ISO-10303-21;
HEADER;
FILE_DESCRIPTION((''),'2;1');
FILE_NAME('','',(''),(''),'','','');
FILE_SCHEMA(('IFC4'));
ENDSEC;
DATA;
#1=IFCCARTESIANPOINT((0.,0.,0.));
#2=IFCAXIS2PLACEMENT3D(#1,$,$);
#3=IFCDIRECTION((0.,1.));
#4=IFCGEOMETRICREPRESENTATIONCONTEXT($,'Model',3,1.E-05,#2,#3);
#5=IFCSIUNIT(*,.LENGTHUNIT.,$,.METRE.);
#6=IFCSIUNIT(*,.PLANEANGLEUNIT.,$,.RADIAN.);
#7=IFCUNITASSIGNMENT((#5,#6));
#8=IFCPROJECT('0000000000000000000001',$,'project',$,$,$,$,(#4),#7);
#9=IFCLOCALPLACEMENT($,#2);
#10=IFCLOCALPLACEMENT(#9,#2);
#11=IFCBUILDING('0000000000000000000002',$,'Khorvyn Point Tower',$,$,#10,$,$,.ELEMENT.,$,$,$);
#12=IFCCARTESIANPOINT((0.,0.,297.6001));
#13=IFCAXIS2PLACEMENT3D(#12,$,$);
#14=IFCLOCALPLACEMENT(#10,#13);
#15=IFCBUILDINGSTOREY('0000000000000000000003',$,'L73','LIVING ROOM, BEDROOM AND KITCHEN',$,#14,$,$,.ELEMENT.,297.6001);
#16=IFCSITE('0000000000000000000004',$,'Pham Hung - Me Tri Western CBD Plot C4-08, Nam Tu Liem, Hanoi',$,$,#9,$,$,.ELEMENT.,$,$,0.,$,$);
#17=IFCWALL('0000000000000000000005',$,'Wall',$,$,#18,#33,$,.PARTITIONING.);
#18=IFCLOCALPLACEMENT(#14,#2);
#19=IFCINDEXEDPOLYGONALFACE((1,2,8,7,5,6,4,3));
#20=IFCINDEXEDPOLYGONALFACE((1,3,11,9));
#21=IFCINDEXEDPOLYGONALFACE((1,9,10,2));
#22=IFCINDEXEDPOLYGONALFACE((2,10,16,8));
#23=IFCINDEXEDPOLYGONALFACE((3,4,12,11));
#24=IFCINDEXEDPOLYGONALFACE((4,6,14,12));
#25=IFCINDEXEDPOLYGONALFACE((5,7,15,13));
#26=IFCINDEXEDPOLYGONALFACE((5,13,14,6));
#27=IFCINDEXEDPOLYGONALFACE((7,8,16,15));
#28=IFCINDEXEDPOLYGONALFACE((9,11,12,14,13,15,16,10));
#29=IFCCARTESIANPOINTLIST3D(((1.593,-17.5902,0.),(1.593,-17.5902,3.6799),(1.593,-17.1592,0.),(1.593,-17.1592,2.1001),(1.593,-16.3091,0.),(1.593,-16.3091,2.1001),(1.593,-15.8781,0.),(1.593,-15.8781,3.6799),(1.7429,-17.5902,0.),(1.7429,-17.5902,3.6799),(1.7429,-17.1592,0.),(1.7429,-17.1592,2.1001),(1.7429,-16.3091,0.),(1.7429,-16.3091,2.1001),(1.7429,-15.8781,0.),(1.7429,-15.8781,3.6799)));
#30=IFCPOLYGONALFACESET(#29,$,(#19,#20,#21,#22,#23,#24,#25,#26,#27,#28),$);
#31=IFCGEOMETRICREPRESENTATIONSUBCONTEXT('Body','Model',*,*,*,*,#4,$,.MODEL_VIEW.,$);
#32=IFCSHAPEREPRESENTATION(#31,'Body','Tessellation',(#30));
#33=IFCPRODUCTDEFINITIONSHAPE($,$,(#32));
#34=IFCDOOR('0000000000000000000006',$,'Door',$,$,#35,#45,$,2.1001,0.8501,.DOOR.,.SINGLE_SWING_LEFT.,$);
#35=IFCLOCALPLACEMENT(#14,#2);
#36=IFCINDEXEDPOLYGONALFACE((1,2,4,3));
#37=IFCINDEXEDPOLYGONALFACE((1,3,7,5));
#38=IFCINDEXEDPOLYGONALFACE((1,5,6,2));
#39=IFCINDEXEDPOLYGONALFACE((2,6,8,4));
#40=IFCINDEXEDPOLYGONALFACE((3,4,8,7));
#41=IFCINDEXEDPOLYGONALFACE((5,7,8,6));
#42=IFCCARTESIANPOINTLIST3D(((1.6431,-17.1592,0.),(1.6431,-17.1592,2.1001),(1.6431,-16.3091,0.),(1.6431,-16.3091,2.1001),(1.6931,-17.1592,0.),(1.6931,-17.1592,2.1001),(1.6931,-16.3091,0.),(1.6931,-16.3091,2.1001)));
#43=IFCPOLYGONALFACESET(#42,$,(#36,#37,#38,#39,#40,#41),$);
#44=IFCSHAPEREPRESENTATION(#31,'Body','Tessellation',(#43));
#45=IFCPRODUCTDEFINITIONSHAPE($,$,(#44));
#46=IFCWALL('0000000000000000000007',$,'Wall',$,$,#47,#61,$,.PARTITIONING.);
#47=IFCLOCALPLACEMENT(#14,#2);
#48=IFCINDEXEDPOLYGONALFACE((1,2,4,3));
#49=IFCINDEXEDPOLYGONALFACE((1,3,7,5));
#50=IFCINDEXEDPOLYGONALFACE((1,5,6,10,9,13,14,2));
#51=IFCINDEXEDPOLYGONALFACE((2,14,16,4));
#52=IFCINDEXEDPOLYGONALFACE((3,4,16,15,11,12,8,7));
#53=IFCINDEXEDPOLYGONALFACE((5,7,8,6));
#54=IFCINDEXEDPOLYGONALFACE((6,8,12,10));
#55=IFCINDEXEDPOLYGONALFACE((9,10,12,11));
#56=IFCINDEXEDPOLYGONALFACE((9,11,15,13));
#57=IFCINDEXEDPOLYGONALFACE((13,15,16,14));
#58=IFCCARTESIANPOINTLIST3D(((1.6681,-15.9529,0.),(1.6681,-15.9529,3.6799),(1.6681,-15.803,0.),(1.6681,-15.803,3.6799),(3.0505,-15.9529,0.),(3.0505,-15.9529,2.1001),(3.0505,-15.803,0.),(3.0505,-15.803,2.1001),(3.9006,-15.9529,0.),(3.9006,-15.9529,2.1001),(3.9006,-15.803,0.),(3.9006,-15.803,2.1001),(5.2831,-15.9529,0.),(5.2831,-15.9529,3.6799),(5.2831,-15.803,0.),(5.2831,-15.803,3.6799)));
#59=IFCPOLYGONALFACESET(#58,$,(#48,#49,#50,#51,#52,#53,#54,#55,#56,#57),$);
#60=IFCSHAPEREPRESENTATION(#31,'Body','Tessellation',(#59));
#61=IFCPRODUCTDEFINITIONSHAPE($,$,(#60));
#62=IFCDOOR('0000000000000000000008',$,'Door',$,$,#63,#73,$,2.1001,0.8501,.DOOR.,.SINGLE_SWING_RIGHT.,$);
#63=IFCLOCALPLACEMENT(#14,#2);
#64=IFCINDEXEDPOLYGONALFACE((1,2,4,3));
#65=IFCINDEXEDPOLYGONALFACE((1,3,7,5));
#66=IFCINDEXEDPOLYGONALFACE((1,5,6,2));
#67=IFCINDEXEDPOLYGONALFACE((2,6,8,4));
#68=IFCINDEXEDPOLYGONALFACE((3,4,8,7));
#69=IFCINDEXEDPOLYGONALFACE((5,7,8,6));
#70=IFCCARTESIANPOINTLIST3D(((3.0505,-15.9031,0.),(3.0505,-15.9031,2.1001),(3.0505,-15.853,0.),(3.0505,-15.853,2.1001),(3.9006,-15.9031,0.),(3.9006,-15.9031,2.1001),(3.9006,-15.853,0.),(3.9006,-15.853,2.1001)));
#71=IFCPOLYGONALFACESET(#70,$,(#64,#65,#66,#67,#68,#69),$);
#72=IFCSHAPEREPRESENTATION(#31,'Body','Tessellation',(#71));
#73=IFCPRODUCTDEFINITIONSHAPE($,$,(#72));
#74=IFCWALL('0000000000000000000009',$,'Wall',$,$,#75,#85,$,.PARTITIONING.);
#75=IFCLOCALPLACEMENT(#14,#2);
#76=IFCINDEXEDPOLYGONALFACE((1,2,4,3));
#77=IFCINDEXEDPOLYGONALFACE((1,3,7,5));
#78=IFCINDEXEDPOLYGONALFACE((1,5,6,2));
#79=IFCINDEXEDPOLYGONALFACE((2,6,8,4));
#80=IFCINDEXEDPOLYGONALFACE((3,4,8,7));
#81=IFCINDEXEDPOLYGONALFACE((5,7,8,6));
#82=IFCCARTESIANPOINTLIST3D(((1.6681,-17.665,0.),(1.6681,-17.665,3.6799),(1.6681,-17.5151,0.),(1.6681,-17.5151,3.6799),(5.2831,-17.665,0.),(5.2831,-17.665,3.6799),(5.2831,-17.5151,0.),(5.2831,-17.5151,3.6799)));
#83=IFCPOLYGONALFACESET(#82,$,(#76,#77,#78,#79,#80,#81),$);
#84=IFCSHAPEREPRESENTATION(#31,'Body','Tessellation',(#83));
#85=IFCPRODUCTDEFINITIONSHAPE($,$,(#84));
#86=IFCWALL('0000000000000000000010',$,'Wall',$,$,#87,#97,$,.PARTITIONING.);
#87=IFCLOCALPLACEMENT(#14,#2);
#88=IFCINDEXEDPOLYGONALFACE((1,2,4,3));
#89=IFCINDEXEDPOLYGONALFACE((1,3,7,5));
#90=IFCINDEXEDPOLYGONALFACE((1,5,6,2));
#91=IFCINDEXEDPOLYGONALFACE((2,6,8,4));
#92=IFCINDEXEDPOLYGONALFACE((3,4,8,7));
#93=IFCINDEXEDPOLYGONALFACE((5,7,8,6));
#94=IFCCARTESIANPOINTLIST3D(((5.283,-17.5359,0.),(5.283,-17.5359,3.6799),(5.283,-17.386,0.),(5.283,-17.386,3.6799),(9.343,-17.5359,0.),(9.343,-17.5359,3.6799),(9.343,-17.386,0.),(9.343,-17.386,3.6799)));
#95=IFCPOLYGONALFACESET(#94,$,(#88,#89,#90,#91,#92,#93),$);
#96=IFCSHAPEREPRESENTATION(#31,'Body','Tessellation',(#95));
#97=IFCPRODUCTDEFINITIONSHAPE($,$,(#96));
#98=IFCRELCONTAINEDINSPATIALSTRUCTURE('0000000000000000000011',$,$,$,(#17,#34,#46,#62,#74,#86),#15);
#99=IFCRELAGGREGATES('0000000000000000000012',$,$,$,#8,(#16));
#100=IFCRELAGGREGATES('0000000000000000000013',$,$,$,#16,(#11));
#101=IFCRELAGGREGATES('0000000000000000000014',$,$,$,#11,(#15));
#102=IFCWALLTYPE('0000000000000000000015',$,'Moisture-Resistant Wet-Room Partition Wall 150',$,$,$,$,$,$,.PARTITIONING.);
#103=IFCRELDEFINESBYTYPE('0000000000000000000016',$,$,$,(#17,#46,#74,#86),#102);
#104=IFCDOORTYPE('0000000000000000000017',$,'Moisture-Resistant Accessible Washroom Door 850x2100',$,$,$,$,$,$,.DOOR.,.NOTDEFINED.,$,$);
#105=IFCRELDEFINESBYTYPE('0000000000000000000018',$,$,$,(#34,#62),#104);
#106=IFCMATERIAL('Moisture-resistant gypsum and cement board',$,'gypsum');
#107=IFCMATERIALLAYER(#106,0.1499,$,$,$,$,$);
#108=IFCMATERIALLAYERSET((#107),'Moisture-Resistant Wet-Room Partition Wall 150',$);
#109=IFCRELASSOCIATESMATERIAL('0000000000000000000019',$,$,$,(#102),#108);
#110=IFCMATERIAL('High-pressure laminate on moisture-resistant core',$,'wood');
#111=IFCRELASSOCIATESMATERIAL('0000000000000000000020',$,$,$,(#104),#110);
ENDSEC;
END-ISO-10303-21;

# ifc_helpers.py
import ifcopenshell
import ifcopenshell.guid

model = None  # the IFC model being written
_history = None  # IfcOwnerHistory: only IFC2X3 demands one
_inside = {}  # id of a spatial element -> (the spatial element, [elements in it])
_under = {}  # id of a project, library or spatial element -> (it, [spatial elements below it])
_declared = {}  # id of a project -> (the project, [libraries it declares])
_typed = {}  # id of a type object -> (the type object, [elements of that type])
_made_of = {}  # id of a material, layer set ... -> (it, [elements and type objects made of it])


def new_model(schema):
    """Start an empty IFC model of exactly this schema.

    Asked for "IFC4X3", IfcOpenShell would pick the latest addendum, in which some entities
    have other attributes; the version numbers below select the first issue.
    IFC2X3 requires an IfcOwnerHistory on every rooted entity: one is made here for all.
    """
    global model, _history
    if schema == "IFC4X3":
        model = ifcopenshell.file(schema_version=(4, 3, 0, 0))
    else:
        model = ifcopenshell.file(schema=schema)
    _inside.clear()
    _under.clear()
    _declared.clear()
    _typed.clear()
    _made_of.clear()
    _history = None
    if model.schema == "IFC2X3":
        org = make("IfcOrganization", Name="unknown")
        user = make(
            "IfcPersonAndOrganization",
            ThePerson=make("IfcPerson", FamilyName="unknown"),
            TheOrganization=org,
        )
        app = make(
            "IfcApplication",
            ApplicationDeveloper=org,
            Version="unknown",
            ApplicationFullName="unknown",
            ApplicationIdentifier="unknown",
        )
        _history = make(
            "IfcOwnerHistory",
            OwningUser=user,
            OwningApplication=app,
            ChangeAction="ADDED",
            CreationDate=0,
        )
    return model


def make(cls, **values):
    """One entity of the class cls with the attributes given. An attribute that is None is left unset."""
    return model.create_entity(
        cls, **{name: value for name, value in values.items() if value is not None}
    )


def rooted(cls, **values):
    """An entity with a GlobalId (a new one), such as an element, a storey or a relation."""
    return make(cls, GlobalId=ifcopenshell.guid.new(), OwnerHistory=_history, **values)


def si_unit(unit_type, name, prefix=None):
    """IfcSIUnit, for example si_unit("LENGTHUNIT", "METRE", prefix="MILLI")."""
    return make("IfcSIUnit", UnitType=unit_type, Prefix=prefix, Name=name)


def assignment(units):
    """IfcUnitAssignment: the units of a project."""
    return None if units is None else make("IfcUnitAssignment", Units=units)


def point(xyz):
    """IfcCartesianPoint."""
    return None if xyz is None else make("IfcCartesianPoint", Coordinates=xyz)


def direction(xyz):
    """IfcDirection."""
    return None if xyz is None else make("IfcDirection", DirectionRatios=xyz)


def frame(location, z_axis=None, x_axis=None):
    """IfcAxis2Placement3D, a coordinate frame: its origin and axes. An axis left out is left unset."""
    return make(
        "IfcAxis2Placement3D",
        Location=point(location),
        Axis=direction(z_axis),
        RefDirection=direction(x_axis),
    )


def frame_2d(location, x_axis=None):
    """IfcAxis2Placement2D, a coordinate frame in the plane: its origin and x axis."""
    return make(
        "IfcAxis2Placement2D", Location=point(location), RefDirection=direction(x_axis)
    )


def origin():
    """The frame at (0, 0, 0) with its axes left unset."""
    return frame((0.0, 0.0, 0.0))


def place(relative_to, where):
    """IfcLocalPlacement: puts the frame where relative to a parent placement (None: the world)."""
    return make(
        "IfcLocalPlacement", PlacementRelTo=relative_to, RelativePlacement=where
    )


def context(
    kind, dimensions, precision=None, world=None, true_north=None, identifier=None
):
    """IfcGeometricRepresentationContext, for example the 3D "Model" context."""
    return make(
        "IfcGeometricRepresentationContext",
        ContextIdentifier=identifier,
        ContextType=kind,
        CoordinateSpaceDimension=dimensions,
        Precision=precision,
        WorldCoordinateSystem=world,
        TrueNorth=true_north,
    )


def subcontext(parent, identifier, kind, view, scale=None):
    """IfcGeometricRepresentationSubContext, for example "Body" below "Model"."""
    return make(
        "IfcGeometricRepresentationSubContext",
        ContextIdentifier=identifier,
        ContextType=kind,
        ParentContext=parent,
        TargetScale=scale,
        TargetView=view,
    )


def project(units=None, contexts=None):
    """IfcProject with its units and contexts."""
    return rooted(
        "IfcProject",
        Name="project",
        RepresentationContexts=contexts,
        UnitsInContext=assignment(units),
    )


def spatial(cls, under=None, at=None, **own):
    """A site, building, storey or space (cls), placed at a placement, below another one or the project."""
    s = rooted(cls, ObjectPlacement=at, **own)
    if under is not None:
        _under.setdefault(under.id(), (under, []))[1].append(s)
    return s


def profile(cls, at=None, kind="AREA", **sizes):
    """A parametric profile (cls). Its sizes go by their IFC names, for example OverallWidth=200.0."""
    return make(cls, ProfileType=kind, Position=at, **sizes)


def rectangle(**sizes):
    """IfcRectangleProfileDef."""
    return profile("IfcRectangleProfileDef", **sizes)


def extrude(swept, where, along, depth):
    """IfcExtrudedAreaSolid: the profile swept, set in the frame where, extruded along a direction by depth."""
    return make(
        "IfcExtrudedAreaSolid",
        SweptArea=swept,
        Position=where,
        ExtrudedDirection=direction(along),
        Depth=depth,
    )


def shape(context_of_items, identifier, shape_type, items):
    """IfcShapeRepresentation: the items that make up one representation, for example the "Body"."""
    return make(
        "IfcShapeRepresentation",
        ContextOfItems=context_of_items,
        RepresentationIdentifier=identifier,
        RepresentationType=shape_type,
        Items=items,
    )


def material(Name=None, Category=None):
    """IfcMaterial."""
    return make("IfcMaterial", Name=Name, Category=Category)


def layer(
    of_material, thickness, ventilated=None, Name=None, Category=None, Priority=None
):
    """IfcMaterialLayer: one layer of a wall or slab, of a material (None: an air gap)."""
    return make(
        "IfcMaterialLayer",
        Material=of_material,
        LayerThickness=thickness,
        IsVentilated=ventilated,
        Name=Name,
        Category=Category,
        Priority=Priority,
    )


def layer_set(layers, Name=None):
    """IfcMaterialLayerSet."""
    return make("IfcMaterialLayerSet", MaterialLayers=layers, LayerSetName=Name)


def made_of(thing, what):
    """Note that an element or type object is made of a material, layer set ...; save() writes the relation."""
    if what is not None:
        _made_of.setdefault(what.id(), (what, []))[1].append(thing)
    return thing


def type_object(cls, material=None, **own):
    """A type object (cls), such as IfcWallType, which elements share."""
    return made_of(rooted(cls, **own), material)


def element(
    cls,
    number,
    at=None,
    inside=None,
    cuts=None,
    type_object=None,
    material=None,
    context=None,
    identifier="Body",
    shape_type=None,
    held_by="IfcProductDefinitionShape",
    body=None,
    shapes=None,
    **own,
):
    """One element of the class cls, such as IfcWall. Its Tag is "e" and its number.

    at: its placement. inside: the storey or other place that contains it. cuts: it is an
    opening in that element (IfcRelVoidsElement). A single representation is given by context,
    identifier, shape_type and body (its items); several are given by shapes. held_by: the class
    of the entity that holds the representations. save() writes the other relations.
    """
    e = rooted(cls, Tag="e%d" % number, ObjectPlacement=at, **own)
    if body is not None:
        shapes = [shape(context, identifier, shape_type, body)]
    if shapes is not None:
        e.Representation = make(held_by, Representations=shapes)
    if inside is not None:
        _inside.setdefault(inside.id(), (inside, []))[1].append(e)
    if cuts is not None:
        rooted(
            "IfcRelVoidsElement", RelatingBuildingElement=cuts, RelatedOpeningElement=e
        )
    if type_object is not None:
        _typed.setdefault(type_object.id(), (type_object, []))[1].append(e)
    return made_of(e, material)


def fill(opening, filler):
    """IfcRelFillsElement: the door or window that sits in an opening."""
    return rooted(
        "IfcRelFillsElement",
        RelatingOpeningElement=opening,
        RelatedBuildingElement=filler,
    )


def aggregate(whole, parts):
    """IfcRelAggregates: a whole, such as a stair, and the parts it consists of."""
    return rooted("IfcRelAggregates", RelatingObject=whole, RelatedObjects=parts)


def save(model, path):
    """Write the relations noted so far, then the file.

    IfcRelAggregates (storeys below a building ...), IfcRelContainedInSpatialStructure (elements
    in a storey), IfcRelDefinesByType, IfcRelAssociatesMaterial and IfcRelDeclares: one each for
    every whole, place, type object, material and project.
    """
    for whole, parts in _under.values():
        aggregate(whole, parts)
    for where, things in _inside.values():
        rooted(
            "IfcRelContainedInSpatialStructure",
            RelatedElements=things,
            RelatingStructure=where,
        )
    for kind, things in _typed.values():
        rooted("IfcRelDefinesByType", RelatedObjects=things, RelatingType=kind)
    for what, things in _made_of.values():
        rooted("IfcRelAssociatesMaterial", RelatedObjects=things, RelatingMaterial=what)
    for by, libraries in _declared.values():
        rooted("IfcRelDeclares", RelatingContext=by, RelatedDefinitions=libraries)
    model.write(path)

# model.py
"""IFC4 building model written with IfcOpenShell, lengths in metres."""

from ifc_helpers import new_model, si_unit, direction, frame, frame_2d, origin, place, context, subcontext, project, spatial, rectangle, extrude, material, layer, layer_set, type_object, element, fill, save


model = new_model("IFC4")

# Units and contexts
model_context = context("Model", 3, precision=1e-05, world=origin(), true_north=direction((0.0, 1.0)))
body_context = subcontext(model_context, "Body", "Model", "MODEL_VIEW")
ifc_project = project(units=[si_unit("LENGTHUNIT", "METRE"), si_unit("PLANEANGLEUNIT", "RADIAN")], contexts=[model_context])

# Site, building, storey
site_placement = place(None, origin())
site = spatial("IfcSite", under=ifc_project, at=site_placement, Name="Pham Hung - Me Tri Western CBD Plot C4-08, Nam Tu Liem, Hanoi", CompositionType="ELEMENT", RefElevation=0.0)
building_placement = place(site_placement, origin())
building = spatial("IfcBuilding", under=site, at=building_placement, Name="Khorvyn Point Tower", CompositionType="ELEMENT")
storey_placement = place(building_placement, frame((0.0, 0.0, 297.6001)))
storey = spatial("IfcBuildingStorey", under=building, at=storey_placement, Name="L73", Description="LIVING ROOM, BEDROOM AND KITCHEN", CompositionType="ELEMENT", Elevation=297.6001)

# Walls, openings, doors
ifc_material_1 = material(Name="Moisture-resistant gypsum and cement board", Category="gypsum")
ifc_layer_1 = layer(ifc_material_1, 0.1499)
ifc_layer_set_1 = layer_set([ifc_layer_1], Name="Moisture-Resistant Wet-Room Partition Wall 150")
wall_type_1 = type_object("IfcWallType", Name="Moisture-Resistant Wet-Room Partition Wall 150", PredefinedType="PARTITIONING", material=ifc_layer_set_1)
wall_1_placement = place(storey_placement, frame((1.668, -17.5901, 0.0), z_axis=(0.0, 0.0, 1.0), x_axis=(0.0, 1.0, 0.0)))
wall_1 = element("IfcWall", 1, at=wall_1_placement, inside=storey, type_object=wall_type_1, Name="Wall", PredefinedType="PARTITIONING", context=body_context, shape_type="SweptSolid", body=[
    extrude(rectangle(XDim=1.7122, YDim=0.1499, at=frame_2d((0.856, 0.0))), origin(), (0.0, 0.0, 1.0), 3.6799),
])
opening_1_placement = place(wall_1_placement, frame((0.4309, 0.0, 0.0)))
opening_1 = element("IfcOpeningElement", 2, at=opening_1_placement, cuts=wall_1, PredefinedType="OPENING", context=body_context, shape_type="SweptSolid", body=[
    extrude(rectangle(XDim=0.8501, YDim=2.1001, at=frame_2d((0.425, 1.05))), frame((0.0, 0.085, 0.0), z_axis=(0.0, -1.0, 0.0), x_axis=(1.0, 0.0, 0.0)), (0.0, 0.0, 1.0), 0.1699),
])
ifc_material_2 = material(Name="High-pressure laminate on moisture-resistant core", Category="wood")
door_type_1 = type_object("IfcDoorType", Name="Moisture-Resistant Accessible Washroom Door 850x2100", OperationType="NOTDEFINED", PredefinedType="DOOR", material=ifc_material_2)
door_1_placement = place(opening_1_placement, origin())
door_1 = element("IfcDoor", 3, at=door_1_placement, inside=storey, type_object=door_type_1, Name="Door", OperationType="SINGLE_SWING_LEFT", OverallHeight=2.1001, OverallWidth=0.8501, PredefinedType="DOOR", context=body_context, shape_type="SweptSolid", body=[
    extrude(rectangle(XDim=0.8501, YDim=2.1001, at=frame_2d((0.425, 1.05))), frame((0.0, 0.0249, 0.0), z_axis=(0.0, -1.0, 0.0), x_axis=(1.0, 0.0, 0.0)), (0.0, 0.0, 1.0), 0.05),
])
fill(opening_1, door_1)
wall_2_placement = place(storey_placement, frame((1.668, -15.8779, 0.0), z_axis=(0.0, 0.0, 1.0), x_axis=(1.0, 0.0, 0.0)))
wall_2 = element("IfcWall", 4, at=wall_2_placement, inside=storey, type_object=wall_type_1, Name="Wall", PredefinedType="PARTITIONING", context=body_context, shape_type="SweptSolid", body=[
    extrude(rectangle(XDim=3.615, YDim=0.1499, at=frame_2d((1.8076, 0.0))), origin(), (0.0, 0.0, 1.0), 3.6799),
])
opening_2_placement = place(wall_2_placement, frame((1.3826, 0.0, 0.0)))
opening_2 = element("IfcOpeningElement", 5, at=opening_2_placement, cuts=wall_2, PredefinedType="OPENING", context=body_context, shape_type="SweptSolid", body=[
    extrude(rectangle(XDim=0.8501, YDim=2.1001, at=frame_2d((0.425, 1.05))), frame((0.0, 0.085, 0.0), z_axis=(0.0, -1.0, 0.0), x_axis=(1.0, 0.0, 0.0)), (0.0, 0.0, 1.0), 0.1699),
])
door_2_placement = place(opening_2_placement, origin())
door_2 = element("IfcDoor", 6, at=door_2_placement, inside=storey, type_object=door_type_1, Name="Door", OperationType="SINGLE_SWING_RIGHT", OverallHeight=2.1001, OverallWidth=0.8501, PredefinedType="DOOR", context=body_context, shape_type="SweptSolid", body=[
    extrude(rectangle(XDim=0.8501, YDim=2.1001, at=frame_2d((0.425, 1.05))), frame((0.0, 0.0249, 0.0), z_axis=(0.0, -1.0, 0.0), x_axis=(1.0, 0.0, 0.0)), (0.0, 0.0, 1.0), 0.05),
])
fill(opening_2, door_2)

# Walls
wall_3_placement = place(storey_placement, frame((1.668, -17.5901, 0.0), z_axis=(0.0, 0.0, 1.0), x_axis=(1.0, 0.0, 0.0)))
element("IfcWall", 7, at=wall_3_placement, inside=storey, type_object=wall_type_1, Name="Wall", PredefinedType="PARTITIONING", context=body_context, shape_type="SweptSolid", body=[
    extrude(rectangle(XDim=3.615, YDim=0.1499, at=frame_2d((1.8076, 0.0))), origin(), (0.0, 0.0, 1.0), 3.6799),
])
wall_4_placement = place(storey_placement, frame((5.283, -17.4609, 0.0), z_axis=(0.0, 0.0, 1.0), x_axis=(1.0, 0.0, 0.0)))
element("IfcWall", 8, at=wall_4_placement, inside=storey, type_object=wall_type_1, Name="Wall", PredefinedType="PARTITIONING", context=body_context, shape_type="SweptSolid", body=[
    extrude(rectangle(XDim=4.0601, YDim=0.1499, at=frame_2d((2.03, 0.0))), origin(), (0.0, 0.0, 1.0), 3.6799),
])

save(model, "model.ifc")
